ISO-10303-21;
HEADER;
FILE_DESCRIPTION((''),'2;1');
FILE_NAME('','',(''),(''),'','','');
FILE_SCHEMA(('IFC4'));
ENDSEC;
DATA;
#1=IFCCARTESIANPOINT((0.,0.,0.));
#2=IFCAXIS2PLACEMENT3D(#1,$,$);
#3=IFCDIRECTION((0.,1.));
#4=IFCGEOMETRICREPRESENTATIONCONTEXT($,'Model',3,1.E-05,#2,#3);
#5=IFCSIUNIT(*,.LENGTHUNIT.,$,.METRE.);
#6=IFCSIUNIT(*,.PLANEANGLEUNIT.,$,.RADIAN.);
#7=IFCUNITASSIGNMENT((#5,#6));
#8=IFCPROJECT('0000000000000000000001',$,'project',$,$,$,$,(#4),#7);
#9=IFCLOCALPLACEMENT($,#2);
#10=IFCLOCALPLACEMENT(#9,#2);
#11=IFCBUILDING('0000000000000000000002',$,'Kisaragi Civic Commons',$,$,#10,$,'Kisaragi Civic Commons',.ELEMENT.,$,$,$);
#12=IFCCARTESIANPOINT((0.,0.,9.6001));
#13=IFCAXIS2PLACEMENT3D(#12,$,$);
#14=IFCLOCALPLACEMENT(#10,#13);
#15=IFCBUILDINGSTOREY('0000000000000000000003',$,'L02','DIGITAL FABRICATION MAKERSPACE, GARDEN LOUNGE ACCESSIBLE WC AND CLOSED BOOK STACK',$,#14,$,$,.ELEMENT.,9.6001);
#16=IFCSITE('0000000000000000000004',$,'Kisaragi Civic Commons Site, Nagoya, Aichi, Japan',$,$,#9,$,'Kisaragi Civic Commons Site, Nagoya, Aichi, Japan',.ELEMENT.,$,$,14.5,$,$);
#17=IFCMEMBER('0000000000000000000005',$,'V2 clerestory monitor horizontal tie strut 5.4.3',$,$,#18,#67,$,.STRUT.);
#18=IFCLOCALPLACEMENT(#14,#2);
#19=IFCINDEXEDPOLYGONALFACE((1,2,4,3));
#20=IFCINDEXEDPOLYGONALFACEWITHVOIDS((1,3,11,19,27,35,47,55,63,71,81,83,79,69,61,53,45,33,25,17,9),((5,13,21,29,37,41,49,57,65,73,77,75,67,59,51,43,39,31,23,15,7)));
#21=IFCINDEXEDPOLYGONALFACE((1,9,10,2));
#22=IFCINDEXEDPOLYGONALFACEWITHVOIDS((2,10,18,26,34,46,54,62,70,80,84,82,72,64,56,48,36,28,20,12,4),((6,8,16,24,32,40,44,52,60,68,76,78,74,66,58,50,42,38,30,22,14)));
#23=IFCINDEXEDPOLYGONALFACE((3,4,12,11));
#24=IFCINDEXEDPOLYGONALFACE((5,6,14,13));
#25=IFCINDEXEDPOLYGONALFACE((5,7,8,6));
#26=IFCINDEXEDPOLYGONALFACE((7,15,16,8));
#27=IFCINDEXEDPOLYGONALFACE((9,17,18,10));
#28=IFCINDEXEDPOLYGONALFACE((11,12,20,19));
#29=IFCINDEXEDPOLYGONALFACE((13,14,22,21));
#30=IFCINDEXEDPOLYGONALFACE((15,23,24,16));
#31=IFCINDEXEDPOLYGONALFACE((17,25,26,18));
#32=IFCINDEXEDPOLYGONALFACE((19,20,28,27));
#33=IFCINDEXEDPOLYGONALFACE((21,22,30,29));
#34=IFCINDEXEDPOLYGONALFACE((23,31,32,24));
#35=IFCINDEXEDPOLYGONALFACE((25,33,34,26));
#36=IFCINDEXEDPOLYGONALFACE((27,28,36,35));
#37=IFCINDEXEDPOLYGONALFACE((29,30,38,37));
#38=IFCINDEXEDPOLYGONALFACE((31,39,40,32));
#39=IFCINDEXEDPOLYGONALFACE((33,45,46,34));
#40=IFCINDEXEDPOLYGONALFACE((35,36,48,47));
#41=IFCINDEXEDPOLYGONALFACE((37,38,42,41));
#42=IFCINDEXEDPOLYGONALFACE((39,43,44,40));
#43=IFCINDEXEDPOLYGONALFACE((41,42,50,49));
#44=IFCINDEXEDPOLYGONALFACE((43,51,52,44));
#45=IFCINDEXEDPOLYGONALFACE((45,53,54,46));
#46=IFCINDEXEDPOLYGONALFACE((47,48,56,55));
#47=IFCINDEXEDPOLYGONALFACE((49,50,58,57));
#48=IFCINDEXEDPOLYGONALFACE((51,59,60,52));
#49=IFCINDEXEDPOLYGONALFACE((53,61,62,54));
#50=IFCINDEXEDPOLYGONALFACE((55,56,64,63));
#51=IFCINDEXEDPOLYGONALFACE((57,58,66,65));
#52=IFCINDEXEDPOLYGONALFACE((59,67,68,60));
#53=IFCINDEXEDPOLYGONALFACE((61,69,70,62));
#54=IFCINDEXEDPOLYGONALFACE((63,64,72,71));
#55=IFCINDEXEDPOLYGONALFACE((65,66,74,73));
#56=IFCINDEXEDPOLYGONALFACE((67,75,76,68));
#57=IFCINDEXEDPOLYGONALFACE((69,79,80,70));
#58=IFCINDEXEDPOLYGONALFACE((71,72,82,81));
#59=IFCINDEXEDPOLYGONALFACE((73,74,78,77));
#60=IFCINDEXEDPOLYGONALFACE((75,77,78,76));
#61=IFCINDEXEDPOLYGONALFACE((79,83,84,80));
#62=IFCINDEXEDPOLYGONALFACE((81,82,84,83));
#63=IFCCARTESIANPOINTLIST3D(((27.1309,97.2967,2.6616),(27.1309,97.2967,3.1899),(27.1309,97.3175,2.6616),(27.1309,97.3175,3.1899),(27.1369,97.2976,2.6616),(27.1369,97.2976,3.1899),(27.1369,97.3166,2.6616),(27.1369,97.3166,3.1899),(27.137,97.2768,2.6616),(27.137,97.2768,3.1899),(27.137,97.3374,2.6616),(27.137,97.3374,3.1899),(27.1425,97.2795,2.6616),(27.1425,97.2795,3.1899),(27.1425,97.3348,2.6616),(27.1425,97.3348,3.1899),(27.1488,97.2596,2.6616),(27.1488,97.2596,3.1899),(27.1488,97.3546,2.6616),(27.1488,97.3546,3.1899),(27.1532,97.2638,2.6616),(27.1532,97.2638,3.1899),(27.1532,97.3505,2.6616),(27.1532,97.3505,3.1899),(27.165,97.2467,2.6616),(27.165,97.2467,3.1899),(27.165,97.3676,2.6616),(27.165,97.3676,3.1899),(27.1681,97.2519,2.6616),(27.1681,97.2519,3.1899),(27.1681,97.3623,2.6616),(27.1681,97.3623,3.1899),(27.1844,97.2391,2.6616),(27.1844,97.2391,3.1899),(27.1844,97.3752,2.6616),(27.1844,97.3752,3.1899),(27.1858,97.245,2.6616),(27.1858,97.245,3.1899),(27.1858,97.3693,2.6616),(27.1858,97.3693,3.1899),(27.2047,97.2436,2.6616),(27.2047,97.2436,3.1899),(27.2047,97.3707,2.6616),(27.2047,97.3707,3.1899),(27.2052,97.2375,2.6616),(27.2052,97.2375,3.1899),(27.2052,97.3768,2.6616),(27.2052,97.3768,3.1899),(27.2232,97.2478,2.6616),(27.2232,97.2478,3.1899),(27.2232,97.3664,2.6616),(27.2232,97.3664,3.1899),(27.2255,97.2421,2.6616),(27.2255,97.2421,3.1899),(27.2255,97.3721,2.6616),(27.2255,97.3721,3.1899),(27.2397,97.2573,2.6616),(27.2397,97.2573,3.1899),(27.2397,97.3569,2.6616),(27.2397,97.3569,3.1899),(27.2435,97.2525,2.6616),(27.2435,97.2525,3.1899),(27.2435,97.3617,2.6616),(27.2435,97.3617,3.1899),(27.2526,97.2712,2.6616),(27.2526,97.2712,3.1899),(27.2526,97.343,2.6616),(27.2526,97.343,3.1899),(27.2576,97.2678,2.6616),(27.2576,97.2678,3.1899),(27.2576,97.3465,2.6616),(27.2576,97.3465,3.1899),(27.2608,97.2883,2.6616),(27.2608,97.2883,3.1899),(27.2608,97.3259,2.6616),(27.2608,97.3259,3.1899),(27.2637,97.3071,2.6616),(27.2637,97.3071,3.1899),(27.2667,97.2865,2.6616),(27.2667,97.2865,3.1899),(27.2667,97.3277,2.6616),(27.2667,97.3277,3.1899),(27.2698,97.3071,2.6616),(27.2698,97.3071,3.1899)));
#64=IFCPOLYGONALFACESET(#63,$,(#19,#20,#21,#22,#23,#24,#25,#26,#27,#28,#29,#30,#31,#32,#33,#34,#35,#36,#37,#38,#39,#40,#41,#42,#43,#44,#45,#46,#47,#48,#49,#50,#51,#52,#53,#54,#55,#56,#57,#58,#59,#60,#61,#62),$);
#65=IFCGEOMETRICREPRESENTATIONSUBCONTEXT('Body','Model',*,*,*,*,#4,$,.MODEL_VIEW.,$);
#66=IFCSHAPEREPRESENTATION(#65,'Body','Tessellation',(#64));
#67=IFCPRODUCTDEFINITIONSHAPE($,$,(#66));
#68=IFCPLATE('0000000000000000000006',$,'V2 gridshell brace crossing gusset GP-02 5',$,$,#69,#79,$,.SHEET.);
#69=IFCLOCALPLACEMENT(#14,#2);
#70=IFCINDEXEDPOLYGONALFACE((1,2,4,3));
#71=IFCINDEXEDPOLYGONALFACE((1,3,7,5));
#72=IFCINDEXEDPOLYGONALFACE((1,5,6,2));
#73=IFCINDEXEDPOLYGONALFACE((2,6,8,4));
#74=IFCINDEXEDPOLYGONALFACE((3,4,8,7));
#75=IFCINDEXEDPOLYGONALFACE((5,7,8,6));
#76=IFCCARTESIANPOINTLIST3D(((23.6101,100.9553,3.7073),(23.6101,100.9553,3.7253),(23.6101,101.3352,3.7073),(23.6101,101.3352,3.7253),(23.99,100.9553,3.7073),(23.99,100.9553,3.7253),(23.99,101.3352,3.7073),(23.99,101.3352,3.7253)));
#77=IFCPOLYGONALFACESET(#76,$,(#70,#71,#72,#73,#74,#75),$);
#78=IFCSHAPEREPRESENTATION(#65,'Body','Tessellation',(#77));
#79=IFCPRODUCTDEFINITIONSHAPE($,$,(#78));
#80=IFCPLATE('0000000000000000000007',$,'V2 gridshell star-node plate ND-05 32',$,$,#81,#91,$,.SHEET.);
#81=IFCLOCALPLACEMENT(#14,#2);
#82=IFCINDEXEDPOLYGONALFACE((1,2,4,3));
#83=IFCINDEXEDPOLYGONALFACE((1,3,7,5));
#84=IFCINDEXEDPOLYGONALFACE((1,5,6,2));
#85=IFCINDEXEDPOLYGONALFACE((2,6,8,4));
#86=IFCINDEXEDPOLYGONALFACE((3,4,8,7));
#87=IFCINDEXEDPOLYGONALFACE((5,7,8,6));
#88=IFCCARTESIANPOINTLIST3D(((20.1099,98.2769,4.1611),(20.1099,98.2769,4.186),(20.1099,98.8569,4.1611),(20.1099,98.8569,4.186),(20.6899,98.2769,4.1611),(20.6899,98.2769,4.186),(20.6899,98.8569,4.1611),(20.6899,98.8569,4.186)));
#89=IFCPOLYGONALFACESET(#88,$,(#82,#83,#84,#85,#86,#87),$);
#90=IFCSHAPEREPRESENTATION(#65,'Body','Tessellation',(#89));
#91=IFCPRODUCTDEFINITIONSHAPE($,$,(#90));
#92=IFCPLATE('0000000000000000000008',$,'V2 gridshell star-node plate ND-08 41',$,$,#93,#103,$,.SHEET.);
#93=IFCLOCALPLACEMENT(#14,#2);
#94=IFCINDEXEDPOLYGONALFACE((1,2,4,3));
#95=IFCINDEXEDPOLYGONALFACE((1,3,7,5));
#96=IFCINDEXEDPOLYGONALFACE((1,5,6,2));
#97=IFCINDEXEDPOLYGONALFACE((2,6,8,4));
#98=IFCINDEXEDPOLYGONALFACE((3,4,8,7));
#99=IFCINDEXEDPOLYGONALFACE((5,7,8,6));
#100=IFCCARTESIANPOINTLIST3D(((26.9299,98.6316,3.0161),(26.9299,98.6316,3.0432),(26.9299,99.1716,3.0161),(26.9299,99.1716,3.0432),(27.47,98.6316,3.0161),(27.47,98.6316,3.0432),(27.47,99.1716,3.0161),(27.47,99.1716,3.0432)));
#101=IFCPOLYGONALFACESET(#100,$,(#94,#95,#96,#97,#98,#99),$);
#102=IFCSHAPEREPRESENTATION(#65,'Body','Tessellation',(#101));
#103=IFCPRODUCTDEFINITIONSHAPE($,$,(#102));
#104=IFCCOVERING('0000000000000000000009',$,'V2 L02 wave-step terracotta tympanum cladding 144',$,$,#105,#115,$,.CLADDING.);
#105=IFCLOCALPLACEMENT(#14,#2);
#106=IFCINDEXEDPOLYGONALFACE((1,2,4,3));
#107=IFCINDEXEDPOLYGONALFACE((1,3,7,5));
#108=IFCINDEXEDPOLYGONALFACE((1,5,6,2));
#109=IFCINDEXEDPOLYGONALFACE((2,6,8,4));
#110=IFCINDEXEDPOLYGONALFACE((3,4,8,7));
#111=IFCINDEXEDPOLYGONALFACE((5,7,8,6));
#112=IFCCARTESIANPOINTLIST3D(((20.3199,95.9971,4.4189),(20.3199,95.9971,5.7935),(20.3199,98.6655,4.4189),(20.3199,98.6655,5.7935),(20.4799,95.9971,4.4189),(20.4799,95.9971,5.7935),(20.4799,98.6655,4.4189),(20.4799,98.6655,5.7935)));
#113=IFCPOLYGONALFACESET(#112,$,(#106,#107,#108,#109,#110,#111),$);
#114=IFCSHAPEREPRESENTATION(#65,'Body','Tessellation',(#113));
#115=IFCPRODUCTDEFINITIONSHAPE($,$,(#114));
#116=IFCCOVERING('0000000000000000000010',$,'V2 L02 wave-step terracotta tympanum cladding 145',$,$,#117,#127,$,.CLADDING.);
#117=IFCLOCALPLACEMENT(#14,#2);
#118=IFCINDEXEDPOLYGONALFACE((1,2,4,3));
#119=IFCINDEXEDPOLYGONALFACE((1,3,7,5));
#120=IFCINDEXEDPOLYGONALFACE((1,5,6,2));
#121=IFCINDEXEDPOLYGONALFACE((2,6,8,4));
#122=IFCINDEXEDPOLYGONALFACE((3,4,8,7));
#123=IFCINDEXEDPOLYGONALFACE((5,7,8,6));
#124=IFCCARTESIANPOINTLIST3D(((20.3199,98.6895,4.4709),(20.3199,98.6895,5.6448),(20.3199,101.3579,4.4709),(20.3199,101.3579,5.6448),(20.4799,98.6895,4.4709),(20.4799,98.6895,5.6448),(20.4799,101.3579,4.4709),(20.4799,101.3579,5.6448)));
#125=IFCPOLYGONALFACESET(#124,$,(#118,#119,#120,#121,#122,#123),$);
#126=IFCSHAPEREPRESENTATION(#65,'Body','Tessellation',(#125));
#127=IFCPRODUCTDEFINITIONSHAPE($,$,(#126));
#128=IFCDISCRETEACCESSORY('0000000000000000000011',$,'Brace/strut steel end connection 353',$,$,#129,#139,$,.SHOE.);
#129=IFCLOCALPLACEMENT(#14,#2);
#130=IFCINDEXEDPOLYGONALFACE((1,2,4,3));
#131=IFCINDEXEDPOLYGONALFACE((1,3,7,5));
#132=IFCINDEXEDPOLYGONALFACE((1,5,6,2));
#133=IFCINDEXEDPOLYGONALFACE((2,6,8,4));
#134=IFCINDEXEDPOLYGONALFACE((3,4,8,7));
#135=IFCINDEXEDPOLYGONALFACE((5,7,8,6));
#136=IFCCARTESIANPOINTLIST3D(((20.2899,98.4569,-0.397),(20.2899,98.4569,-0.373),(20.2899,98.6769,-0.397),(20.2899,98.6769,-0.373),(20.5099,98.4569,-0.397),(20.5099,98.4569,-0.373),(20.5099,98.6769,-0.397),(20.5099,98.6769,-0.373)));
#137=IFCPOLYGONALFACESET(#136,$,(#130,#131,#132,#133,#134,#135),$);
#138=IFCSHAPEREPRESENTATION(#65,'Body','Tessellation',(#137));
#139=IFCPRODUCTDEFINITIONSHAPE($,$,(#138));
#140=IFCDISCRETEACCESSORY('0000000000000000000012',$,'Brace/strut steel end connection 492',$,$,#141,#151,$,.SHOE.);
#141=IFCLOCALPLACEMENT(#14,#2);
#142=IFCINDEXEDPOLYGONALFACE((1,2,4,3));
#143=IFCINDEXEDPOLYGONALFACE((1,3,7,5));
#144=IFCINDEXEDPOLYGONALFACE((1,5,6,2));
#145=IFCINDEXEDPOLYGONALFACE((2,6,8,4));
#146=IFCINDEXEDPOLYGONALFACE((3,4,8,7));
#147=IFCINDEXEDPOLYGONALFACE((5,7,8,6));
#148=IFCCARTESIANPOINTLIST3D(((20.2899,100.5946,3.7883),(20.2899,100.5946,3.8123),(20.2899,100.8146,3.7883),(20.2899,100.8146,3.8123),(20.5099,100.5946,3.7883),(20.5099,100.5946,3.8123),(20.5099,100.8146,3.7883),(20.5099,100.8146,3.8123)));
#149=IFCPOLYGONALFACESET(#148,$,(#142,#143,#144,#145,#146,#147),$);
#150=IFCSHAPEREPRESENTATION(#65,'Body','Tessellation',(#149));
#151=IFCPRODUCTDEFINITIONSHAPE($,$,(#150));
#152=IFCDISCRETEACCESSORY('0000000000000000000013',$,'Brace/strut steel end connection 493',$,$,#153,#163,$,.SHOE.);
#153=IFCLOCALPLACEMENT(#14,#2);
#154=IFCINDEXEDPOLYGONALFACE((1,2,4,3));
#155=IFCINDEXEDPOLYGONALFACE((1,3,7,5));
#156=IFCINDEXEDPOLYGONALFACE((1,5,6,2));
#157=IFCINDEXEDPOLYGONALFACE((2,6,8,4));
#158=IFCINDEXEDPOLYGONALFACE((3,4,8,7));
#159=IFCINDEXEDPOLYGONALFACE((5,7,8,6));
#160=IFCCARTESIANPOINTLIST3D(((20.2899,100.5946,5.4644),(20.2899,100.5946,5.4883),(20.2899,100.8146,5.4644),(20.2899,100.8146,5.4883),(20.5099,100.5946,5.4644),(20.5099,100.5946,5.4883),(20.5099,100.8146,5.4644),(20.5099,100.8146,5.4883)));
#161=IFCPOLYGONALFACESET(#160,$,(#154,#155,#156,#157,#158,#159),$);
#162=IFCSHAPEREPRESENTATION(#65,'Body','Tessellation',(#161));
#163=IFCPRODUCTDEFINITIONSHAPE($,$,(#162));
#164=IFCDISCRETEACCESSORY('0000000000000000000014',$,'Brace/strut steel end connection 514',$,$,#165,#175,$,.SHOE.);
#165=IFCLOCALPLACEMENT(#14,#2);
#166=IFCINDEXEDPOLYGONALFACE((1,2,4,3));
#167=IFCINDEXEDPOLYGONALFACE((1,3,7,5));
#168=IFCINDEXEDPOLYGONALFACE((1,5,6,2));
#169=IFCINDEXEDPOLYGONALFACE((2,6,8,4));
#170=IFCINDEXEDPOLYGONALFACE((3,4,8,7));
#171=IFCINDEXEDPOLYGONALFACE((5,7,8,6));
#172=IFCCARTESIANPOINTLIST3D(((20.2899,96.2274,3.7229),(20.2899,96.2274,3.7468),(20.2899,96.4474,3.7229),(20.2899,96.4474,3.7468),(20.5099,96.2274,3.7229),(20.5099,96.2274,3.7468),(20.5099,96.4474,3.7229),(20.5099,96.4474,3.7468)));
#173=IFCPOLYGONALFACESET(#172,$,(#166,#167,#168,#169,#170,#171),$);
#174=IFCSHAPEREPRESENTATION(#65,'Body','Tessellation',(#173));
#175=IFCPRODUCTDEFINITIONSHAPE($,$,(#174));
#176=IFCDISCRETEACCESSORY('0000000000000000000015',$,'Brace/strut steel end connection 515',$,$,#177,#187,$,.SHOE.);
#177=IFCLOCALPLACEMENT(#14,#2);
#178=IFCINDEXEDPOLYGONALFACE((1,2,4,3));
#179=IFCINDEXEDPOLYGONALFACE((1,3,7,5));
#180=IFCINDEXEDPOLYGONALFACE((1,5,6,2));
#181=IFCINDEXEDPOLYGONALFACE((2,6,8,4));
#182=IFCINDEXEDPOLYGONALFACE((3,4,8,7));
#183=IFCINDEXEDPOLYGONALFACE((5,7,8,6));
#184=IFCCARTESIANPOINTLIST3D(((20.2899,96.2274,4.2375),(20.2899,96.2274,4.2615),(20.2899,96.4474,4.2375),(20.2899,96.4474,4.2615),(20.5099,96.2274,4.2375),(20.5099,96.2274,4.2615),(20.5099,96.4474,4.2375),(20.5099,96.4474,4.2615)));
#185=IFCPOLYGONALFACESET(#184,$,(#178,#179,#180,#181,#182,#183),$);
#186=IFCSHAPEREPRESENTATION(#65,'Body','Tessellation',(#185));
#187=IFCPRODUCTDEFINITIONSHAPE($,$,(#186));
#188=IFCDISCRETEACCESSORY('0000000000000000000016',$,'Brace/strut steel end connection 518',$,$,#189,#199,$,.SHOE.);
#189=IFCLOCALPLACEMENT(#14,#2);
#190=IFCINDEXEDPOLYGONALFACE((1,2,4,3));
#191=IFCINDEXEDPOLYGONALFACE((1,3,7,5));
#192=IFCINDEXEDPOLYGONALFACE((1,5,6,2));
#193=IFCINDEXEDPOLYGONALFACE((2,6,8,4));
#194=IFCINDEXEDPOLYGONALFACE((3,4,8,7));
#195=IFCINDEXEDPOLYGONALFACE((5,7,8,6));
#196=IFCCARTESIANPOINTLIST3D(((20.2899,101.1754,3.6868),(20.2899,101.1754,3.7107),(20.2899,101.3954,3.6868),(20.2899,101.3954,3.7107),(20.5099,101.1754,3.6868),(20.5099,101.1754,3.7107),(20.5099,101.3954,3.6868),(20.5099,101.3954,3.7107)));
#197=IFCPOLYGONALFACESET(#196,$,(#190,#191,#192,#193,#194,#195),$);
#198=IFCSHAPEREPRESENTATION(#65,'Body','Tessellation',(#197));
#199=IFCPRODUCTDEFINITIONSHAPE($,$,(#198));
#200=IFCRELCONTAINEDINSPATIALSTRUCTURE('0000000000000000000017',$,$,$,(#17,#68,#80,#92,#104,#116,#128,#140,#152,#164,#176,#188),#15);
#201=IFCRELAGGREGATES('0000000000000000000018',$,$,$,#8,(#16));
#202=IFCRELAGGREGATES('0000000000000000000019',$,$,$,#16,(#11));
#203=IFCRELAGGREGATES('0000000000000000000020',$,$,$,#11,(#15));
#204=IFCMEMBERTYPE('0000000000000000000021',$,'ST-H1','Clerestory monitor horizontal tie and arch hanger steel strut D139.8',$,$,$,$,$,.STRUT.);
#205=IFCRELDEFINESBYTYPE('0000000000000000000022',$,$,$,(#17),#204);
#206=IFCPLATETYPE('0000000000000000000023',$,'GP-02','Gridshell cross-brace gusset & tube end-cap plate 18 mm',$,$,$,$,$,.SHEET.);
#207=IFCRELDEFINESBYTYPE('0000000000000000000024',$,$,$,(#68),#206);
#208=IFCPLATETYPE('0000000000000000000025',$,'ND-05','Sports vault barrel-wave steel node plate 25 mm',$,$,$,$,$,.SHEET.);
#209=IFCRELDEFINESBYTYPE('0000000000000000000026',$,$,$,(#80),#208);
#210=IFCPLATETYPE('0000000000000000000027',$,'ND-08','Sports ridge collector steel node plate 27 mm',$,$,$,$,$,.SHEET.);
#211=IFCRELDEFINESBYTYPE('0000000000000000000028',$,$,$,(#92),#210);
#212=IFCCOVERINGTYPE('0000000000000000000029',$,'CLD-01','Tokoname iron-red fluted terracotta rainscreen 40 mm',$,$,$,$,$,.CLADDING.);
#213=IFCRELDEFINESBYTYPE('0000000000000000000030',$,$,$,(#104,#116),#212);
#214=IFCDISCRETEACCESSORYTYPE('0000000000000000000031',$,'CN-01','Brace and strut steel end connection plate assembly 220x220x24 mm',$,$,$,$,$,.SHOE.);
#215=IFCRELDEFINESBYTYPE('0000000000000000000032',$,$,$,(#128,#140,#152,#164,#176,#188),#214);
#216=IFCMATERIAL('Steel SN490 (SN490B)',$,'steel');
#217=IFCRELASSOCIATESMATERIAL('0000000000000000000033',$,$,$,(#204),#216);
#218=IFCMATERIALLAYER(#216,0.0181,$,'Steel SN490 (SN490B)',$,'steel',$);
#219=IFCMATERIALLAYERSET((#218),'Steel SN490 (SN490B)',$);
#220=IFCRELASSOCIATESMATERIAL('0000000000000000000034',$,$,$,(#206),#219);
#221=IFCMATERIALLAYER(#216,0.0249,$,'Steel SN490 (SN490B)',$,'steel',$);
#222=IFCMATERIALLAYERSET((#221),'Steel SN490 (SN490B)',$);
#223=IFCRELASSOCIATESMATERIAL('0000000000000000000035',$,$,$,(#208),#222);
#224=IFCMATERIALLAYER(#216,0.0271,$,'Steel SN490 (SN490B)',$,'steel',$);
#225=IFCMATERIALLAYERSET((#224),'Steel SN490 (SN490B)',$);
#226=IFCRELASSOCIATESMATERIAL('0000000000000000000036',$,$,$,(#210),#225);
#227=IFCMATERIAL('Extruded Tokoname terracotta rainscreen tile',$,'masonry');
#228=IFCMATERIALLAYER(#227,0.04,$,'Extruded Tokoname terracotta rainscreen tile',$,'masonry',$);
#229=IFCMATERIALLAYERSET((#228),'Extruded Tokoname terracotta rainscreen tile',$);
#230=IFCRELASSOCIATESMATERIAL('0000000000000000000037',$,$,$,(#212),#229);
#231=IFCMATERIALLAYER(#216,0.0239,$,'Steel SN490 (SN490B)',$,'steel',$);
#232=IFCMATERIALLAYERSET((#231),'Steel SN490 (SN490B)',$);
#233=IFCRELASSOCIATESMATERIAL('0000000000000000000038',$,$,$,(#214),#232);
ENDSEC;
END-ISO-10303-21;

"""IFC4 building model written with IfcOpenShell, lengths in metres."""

from ifc_helpers import new_model, si_unit, direction, frame, origin, origin_2d, place, context, subcontext, project, spatial, rectangle, hollow_circle, extrude, material, layer, layer_set, material_profile, profile_set, type_object, element, save


model = new_model("IFC4")

# Units and contexts
model_context = context("Model", 3, precision=1e-05, world=origin(), true_north=direction((0.0, 1.0)))
body_context = subcontext(model_context, "Body", "Model", "MODEL_VIEW")
ifc_project = project(units=[si_unit("LENGTHUNIT", "METRE"), si_unit("PLANEANGLEUNIT", "RADIAN")], contexts=[model_context])

# Site, building, storey
site_placement = place(None, origin())
site = spatial("IfcSite", under=ifc_project, at=site_placement, Name="Kisaragi Civic Commons Site, Nagoya, Aichi, Japan", LongName="Kisaragi Civic Commons Site, Nagoya, Aichi, Japan", CompositionType="ELEMENT", RefElevation=14.5)
building_placement = place(site_placement, origin())
building = spatial("IfcBuilding", under=site, at=building_placement, Name="Kisaragi Civic Commons", LongName="Kisaragi Civic Commons", CompositionType="ELEMENT")
storey_placement = place(building_placement, frame((0.0, 0.0, 9.6001)))
storey = spatial("IfcBuildingStorey", under=building, at=storey_placement, Name="L02", Description="DIGITAL FABRICATION MAKERSPACE, GARDEN LOUNGE ACCESSIBLE WC AND CLOSED BOOK STACK", CompositionType="ELEMENT", Elevation=9.6001)

# Member
ifc_material_1 = material(Name="Steel SN490 (SN490B)", Category="steel")
ifc_material_profile_1 = material_profile(ifc_material_1, hollow_circle(Radius=0.0698, WallThickness=0.0061, at=origin_2d()), Name="CHS-139.8x6.0", Category="steel")
ifc_profile_set_1 = profile_set([ifc_material_profile_1], Name="Steel SN490 (SN490B)")
member_type_1 = type_object("IfcMemberType", Name="ST-H1", Description="Clerestory monitor horizontal tie and arch hanger steel strut D139.8", PredefinedType="STRUT", material=ifc_profile_set_1)
member_1_placement = place(storey_placement, frame((27.2, 97.3071, 2.6616), z_axis=(0.0, 0.0, 1.0), x_axis=(1.0, 0.0, 0.0)))
element("IfcMember", 1, at=member_1_placement, inside=storey, type_object=member_type_1, Name="V2 clerestory monitor horizontal tie strut 5.4.3", PredefinedType="STRUT", context=body_context, shape_type="SweptSolid", body=[
    extrude(hollow_circle(Radius=0.0698, WallThickness=0.0061, at=origin_2d()), origin(), (0.0, 0.0, 1.0), 0.5283),
])

# Plates
ifc_layer_1 = layer(ifc_material_1, 0.0181, Name="Steel SN490 (SN490B)", Category="steel")
ifc_layer_set_1 = layer_set([ifc_layer_1], Name="Steel SN490 (SN490B)")
plate_type_1 = type_object("IfcPlateType", Name="GP-02", Description="Gridshell cross-brace gusset & tube end-cap plate 18 mm", PredefinedType="SHEET", material=ifc_layer_set_1)
plate_1_placement = place(storey_placement, frame((23.8, 101.1453, 3.7073), z_axis=(0.0, 0.0, 1.0), x_axis=(1.0, 0.0, 0.0)))
element("IfcPlate", 2, at=plate_1_placement, inside=storey, type_object=plate_type_1, Name="V2 gridshell brace crossing gusset GP-02 5", PredefinedType="SHEET", context=body_context, shape_type="SweptSolid", body=[
    extrude(rectangle(XDim=0.3799, YDim=0.3799, at=origin_2d()), origin(), (0.0, 0.0, 1.0), 0.0181),
])
ifc_layer_2 = layer(ifc_material_1, 0.0249, Name="Steel SN490 (SN490B)", Category="steel")
ifc_layer_set_2 = layer_set([ifc_layer_2], Name="Steel SN490 (SN490B)")
plate_type_2 = type_object("IfcPlateType", Name="ND-05", Description="Sports vault barrel-wave steel node plate 25 mm", PredefinedType="SHEET", material=ifc_layer_set_2)
plate_2_placement = place(storey_placement, frame((20.3999, 98.5669, 4.1611), z_axis=(0.0, 0.0, 1.0), x_axis=(1.0, 0.0, 0.0)))
element("IfcPlate", 3, at=plate_2_placement, inside=storey, type_object=plate_type_2, Name="V2 gridshell star-node plate ND-05 32", PredefinedType="SHEET", context=body_context, shape_type="SweptSolid", body=[
    extrude(rectangle(XDim=0.5801, YDim=0.5801, at=origin_2d()), origin(), (0.0, 0.0, 1.0), 0.0249),
])
ifc_layer_3 = layer(ifc_material_1, 0.0271, Name="Steel SN490 (SN490B)", Category="steel")
ifc_layer_set_3 = layer_set([ifc_layer_3], Name="Steel SN490 (SN490B)")
plate_type_3 = type_object("IfcPlateType", Name="ND-08", Description="Sports ridge collector steel node plate 27 mm", PredefinedType="SHEET", material=ifc_layer_set_3)
plate_3_placement = place(storey_placement, frame((27.2, 98.9016, 3.0161), z_axis=(0.0, 0.0, 1.0), x_axis=(1.0, 0.0, 0.0)))
element("IfcPlate", 4, at=plate_3_placement, inside=storey, type_object=plate_type_3, Name="V2 gridshell star-node plate ND-08 41", PredefinedType="SHEET", context=body_context, shape_type="SweptSolid", body=[
    extrude(rectangle(XDim=0.54, YDim=0.54, at=origin_2d()), origin(), (0.0, 0.0, 1.0), 0.0271),
])

# Coverings
ifc_material_2 = material(Name="Extruded Tokoname terracotta rainscreen tile", Category="masonry")
ifc_layer_4 = layer(ifc_material_2, 0.04, Name="Extruded Tokoname terracotta rainscreen tile", Category="masonry")
ifc_layer_set_4 = layer_set([ifc_layer_4], Name="Extruded Tokoname terracotta rainscreen tile")
covering_type = type_object("IfcCoveringType", Name="CLD-01", Description="Tokoname iron-red fluted terracotta rainscreen 40 mm", PredefinedType="CLADDING", material=ifc_layer_set_4)
covering_1_placement = place(storey_placement, frame((20.3999, 97.3313, 4.4189), z_axis=(0.0, 0.0, 1.0), x_axis=(0.0, 1.0, 0.0)))
element("IfcCovering", 5, at=covering_1_placement, inside=storey, type_object=covering_type, Name="V2 L02 wave-step terracotta tympanum cladding 144", PredefinedType="CLADDING", context=body_context, shape_type="SweptSolid", body=[
    extrude(rectangle(XDim=2.6685, YDim=0.1599, at=origin_2d()), origin(), (0.0, 0.0, 1.0), 1.3745),
])
covering_2_placement = place(storey_placement, frame((20.3999, 100.0237, 4.4709), z_axis=(0.0, 0.0, 1.0), x_axis=(0.0, 1.0, 0.0)))
element("IfcCovering", 6, at=covering_2_placement, inside=storey, type_object=covering_type, Name="V2 L02 wave-step terracotta tympanum cladding 145", PredefinedType="CLADDING", context=body_context, shape_type="SweptSolid", body=[
    extrude(rectangle(XDim=2.6685, YDim=0.1599, at=origin_2d()), origin(), (0.0, 0.0, 1.0), 1.1738),
])

# Discrete accessories
ifc_layer_5 = layer(ifc_material_1, 0.0239, Name="Steel SN490 (SN490B)", Category="steel")
ifc_layer_set_5 = layer_set([ifc_layer_5], Name="Steel SN490 (SN490B)")
discrete_accessory_type = type_object("IfcDiscreteAccessoryType", Name="CN-01", Description="Brace and strut steel end connection plate assembly 220x220x24 mm", PredefinedType="SHOE", material=ifc_layer_set_5)
for number, where, z_axis, x_axis, name in (
    (7, (20.3999, 98.5669, -0.397), (0.0, 0.0, 1.0), (1.0, 0.0, 0.0), "Brace/strut steel end connection 353"),
    (8, (20.3999, 100.7046, 3.7883), (0.0, 0.0, 1.0), (1.0, 0.0, 0.0), "Brace/strut steel end connection 492"),
    (9, (20.3999, 100.7046, 5.4644), (0.0, 0.0, 1.0), (1.0, 0.0, 0.0), "Brace/strut steel end connection 493"),
    (10, (20.3999, 96.3374, 3.7229), (0.0, 0.0, 1.0), (1.0, 0.0, 0.0), "Brace/strut steel end connection 514"),
    (11, (20.3999, 96.3374, 4.2375), (0.0, 0.0, 1.0), (1.0, 0.0, 0.0), "Brace/strut steel end connection 515"),
    (12, (20.3999, 101.2854, 3.6868), (0.0, 0.0, 1.0), (1.0, 0.0, 0.0), "Brace/strut steel end connection 518"),
):
    element("IfcDiscreteAccessory", number, at=place(storey_placement, frame(where, z_axis=z_axis, x_axis=x_axis)), inside=storey, type_object=discrete_accessory_type, Name=name, PredefinedType="SHOE", context=body_context, shape_type="SweptSolid", body=[
        extrude(rectangle(XDim=0.22, YDim=0.22, at=origin_2d()), origin(), (0.0, 0.0, 1.0), 0.0239),
    ])

save(model, "model.ifc")
